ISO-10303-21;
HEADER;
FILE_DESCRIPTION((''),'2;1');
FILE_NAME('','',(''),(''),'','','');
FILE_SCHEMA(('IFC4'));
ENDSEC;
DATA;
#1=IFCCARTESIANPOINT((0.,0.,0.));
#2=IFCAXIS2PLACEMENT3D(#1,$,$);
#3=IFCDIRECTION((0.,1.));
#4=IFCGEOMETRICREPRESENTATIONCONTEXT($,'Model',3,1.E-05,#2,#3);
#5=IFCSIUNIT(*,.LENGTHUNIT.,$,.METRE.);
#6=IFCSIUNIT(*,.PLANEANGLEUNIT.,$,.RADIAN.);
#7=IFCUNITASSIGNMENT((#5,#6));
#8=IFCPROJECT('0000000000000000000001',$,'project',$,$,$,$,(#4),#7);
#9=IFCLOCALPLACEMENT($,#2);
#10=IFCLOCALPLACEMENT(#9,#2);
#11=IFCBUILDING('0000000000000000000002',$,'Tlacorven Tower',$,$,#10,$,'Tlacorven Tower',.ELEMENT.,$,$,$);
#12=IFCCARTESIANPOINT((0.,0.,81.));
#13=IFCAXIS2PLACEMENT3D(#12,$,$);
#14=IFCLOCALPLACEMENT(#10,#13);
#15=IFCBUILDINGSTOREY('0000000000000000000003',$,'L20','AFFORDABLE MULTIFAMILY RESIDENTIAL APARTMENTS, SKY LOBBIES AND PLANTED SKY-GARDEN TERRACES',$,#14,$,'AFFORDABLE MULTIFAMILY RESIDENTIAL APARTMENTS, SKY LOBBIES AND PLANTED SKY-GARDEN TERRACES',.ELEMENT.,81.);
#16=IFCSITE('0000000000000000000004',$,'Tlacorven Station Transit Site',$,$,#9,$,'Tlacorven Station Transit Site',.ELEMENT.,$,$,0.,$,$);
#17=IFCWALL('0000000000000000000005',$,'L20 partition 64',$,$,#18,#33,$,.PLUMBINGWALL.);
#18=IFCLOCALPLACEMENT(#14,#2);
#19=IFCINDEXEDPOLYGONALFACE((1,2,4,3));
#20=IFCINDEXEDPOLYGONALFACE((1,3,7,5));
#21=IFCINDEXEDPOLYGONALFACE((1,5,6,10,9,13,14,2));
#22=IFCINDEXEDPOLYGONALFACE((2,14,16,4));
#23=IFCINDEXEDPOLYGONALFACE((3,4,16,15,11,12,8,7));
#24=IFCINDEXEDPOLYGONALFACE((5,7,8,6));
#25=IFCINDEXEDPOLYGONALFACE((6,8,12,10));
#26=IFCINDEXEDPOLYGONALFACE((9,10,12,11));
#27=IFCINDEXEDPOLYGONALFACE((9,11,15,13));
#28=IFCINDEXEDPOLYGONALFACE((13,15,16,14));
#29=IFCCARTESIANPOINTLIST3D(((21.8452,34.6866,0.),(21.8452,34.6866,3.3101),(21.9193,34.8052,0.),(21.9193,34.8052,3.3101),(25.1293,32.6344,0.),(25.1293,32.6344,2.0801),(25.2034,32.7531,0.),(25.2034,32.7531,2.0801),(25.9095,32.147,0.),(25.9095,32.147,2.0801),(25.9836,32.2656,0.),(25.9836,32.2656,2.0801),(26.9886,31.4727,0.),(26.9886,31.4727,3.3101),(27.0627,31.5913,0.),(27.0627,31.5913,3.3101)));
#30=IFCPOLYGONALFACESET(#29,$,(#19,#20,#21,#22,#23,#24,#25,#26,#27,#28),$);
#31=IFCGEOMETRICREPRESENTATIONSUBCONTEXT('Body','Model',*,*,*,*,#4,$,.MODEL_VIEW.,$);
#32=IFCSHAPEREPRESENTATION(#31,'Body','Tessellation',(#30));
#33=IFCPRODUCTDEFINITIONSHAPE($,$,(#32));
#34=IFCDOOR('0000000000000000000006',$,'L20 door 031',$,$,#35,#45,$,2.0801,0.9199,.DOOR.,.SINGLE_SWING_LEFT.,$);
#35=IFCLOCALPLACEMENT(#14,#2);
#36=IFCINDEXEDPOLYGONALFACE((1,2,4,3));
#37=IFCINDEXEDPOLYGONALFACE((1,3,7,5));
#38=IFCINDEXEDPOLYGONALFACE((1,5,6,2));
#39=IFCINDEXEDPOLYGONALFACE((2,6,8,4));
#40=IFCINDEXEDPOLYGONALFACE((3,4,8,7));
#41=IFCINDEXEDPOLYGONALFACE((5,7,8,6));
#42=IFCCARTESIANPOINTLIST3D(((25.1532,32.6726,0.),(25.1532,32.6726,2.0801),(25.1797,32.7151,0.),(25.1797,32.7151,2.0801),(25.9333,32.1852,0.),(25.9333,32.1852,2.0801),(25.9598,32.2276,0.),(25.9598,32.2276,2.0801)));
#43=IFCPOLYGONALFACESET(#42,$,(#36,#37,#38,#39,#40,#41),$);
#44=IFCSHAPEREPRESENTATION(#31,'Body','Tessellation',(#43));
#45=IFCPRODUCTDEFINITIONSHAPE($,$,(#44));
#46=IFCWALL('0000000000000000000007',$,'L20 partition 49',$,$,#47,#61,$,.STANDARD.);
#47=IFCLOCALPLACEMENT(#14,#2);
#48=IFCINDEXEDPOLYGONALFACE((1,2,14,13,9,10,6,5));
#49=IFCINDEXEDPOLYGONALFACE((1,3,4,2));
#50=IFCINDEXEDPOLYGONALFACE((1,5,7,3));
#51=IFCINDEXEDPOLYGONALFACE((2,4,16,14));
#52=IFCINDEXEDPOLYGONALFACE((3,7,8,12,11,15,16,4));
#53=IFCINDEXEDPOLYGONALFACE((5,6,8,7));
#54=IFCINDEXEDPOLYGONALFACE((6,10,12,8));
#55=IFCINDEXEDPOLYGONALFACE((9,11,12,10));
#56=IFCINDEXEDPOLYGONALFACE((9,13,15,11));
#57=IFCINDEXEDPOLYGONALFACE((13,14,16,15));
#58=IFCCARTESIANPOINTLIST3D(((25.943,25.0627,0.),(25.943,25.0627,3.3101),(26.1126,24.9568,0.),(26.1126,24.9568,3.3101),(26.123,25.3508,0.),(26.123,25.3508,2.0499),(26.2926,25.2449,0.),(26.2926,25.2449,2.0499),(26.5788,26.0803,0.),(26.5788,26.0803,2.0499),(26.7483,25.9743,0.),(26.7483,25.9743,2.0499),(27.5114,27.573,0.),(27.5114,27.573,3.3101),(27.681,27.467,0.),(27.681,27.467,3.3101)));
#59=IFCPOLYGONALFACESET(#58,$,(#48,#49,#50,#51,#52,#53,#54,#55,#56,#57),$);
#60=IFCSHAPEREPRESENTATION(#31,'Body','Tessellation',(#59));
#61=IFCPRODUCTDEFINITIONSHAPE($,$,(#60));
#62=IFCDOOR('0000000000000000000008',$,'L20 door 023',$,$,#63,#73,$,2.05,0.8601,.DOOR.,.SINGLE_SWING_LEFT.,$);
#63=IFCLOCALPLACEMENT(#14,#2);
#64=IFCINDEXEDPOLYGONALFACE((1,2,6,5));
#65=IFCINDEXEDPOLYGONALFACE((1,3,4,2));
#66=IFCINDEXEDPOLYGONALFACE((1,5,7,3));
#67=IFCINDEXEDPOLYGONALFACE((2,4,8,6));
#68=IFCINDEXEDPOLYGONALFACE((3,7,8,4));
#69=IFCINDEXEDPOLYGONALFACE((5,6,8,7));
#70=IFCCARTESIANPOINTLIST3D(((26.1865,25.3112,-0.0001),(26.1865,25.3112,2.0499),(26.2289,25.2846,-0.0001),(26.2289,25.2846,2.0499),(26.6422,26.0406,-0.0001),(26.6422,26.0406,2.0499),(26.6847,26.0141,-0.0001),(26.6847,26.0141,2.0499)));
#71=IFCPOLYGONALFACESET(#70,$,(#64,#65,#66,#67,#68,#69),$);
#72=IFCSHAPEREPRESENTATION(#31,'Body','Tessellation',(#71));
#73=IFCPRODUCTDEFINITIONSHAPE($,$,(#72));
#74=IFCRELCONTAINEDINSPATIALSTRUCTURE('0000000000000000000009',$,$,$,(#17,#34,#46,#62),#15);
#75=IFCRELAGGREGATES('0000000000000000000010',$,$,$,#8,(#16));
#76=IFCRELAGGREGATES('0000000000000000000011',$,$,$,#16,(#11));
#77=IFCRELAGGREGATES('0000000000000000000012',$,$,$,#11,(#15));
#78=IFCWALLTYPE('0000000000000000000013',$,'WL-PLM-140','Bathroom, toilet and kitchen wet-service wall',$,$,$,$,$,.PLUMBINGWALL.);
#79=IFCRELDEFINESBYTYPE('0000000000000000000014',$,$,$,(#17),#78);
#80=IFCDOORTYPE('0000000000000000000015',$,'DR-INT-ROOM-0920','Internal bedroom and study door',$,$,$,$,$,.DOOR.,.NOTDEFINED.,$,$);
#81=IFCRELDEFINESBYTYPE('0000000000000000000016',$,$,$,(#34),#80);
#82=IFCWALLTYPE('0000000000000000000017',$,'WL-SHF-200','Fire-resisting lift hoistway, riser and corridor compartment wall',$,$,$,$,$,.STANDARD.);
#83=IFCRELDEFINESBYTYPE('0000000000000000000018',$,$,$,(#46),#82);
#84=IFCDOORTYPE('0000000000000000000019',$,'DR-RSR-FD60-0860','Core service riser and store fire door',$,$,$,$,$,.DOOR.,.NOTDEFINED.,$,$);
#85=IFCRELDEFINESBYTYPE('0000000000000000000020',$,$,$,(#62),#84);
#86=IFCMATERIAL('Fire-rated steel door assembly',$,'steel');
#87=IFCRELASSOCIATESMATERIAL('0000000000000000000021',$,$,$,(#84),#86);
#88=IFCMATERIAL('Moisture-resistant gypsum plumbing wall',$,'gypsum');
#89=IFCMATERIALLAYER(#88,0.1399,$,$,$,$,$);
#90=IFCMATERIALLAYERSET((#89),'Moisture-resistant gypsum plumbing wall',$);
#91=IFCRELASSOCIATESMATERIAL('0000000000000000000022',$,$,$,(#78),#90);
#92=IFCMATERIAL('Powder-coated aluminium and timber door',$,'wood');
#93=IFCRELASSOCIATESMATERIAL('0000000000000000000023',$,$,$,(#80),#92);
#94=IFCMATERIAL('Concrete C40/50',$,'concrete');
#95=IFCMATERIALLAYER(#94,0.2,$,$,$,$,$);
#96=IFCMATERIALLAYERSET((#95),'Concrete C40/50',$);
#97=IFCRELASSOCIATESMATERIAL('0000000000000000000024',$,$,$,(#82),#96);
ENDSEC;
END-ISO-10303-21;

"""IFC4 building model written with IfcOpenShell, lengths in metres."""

from ifc_helpers import new_model, si_unit, direction, frame, frame_2d, origin, place, context, subcontext, project, spatial, rectangle, extrude, source, transform, mapped, material, layer, layer_set, type_object, element, fill, save


model = new_model("IFC4")

# Units and contexts
model_context = context("Model", 3, precision=1e-05, world=origin(), true_north=direction((0.0, 1.0)))
body_context = subcontext(model_context, "Body", "Model", "MODEL_VIEW")
ifc_project = project(units=[si_unit("LENGTHUNIT", "METRE"), si_unit("PLANEANGLEUNIT", "RADIAN")], contexts=[model_context])

# Site, building, storey
site_placement = place(None, origin())
site = spatial("IfcSite", under=ifc_project, at=site_placement, Name="Tlacorven Station Transit Site", LongName="Tlacorven Station Transit Site", CompositionType="ELEMENT", RefElevation=0.0)
building_placement = place(site_placement, origin())
building = spatial("IfcBuilding", under=site, at=building_placement, Name="Tlacorven Tower", LongName="Tlacorven Tower", CompositionType="ELEMENT")
storey_placement = place(building_placement, frame((0.0, 0.0, 81.0)))
storey = spatial("IfcBuildingStorey", under=building, at=storey_placement, Name="L20", Description="AFFORDABLE MULTIFAMILY RESIDENTIAL APARTMENTS, SKY LOBBIES AND PLANTED SKY-GARDEN TERRACES", LongName="AFFORDABLE MULTIFAMILY RESIDENTIAL APARTMENTS, SKY LOBBIES AND PLANTED SKY-GARDEN TERRACES", CompositionType="ELEMENT", Elevation=81.0)

# Shared definitions
ifc_material_1 = material(Name="Fire-rated steel door assembly", Category="steel")
door_type_1 = type_object("IfcDoorType", Name="DR-RSR-FD60-0860", Description="Core service riser and store fire door", OperationType="NOTDEFINED", PredefinedType="DOOR", material=ifc_material_1)
shared_shape_1 = source(origin(), body_context, "Body", "SweptSolid", [
    extrude(rectangle(XDim=0.8601, YDim=2.05, at=frame_2d((0.4302, 1.0249))), frame((0.0, 0.0249, 0.0), z_axis=(0.0, -1.0, 0.0), x_axis=(1.0, 0.0, 0.0)), (0.0, 0.0, 1.0), 0.05),
])

# Walls, openings, doors
ifc_material_2 = material(Name="Moisture-resistant gypsum plumbing wall", Category="gypsum")
ifc_layer_1 = layer(ifc_material_2, 0.1399)
ifc_layer_set_1 = layer_set([ifc_layer_1], Name="Moisture-resistant gypsum plumbing wall")
wall_type_1 = type_object("IfcWallType", Name="WL-PLM-140", Description="Bathroom, toilet and kitchen wet-service wall", PredefinedType="PLUMBINGWALL", material=ifc_layer_set_1)
wall_1_placement = place(storey_placement, frame((27.0256, 31.532, 0.0), z_axis=(0.0, 0.0, 1.0), x_axis=(-0.84805, 0.529916, 0.0)))
wall_1 = element("IfcWall", 1, at=wall_1_placement, inside=storey, type_object=wall_type_1, Name="L20 partition 64", PredefinedType="PLUMBINGWALL", context=body_context, shape_type="SweptSolid", body=[
    extrude(rectangle(XDim=6.0649, YDim=0.1399, at=frame_2d((3.0325, 0.0))), origin(), (0.0, 0.0, 1.0), 3.3101),
])
opening_1_placement = place(wall_1_placement, frame((1.2725, 0.0, 0.0)))
opening_1 = element("IfcOpeningElement", 2, at=opening_1_placement, cuts=wall_1, PredefinedType="OPENING", context=body_context, shape_type="SweptSolid", body=[
    extrude(rectangle(XDim=0.9199, YDim=2.0801, at=frame_2d((0.46, 1.04))), frame((0.0, 0.0801, 0.0), z_axis=(0.0, -1.0, 0.0), x_axis=(1.0, 0.0, 0.0)), (0.0, 0.0, 1.0), 0.1599),
])
ifc_material_3 = material(Name="Powder-coated aluminium and timber door", Category="wood")
door_type_2 = type_object("IfcDoorType", Name="DR-INT-ROOM-0920", Description="Internal bedroom and study door", OperationType="NOTDEFINED", PredefinedType="DOOR", material=ifc_material_3)
shared_shape_2 = source(origin(), body_context, "Body", "SweptSolid", [
    extrude(rectangle(XDim=0.9199, YDim=2.0801, at=frame_2d((0.46, 1.04))), frame((0.0, 0.0249, 0.0), z_axis=(0.0, -1.0, 0.0), x_axis=(1.0, 0.0, 0.0)), (0.0, 0.0, 1.0), 0.05),
])
door_1_placement = place(opening_1_placement, origin())
door_1 = element("IfcDoor", 3, at=door_1_placement, inside=storey, type_object=door_type_2, Name="L20 door 031", OperationType="SINGLE_SWING_LEFT", OverallHeight=2.0801, OverallWidth=0.9199, PredefinedType="DOOR", context=body_context, shape_type="MappedRepresentation", body=[
    mapped(shared_shape_2, transform((0.0, 0.0, 0.0), scale=1.0)),
])
fill(opening_1, door_1)
ifc_material_4 = material(Name="Concrete C40/50", Category="concrete")
ifc_layer_2 = layer(ifc_material_4, 0.2)
ifc_layer_set_2 = layer_set([ifc_layer_2], Name="Concrete C40/50")
wall_type_2 = type_object("IfcWallType", Name="WL-SHF-200", Description="Fire-resisting lift hoistway, riser and corridor compartment wall", PredefinedType="STANDARD", material=ifc_layer_set_2)
wall_2_placement = place(storey_placement, frame((27.5962, 27.52, 0.0), z_axis=(0.0, 0.0, 1.0), x_axis=(-0.529865, -0.848082, 0.0)))
wall_2 = element("IfcWall", 4, at=wall_2_placement, inside=storey, type_object=wall_type_2, Name="L20 partition 49", PredefinedType="STANDARD", context=body_context, shape_type="SweptSolid", body=[
    extrude(rectangle(XDim=2.96, YDim=0.2, at=frame_2d((1.48, 0.0))), origin(), (0.0, 0.0, 1.0), 3.3101),
])
opening_2_placement = place(wall_2_placement, frame((1.76, 0.0, 0.0)))
opening_2 = element("IfcOpeningElement", 5, at=opening_2_placement, cuts=wall_2, PredefinedType="OPENING", context=body_context, shape_type="SweptSolid", body=[
    extrude(rectangle(XDim=0.8601, YDim=2.05, at=frame_2d((0.4302, 1.0249))), frame((0.0, 0.1099, 0.0), z_axis=(0.0, -1.0, 0.0), x_axis=(1.0, 0.0, 0.0)), (0.0, 0.0, 1.0), 0.22),
])
door_2_placement = place(opening_2_placement, origin())
door_2 = element("IfcDoor", 6, at=door_2_placement, inside=storey, type_object=door_type_1, Name="L20 door 023", OperationType="SINGLE_SWING_LEFT", OverallHeight=2.05, OverallWidth=0.8601, PredefinedType="DOOR", context=body_context, shape_type="MappedRepresentation", body=[
    mapped(shared_shape_1, transform((0.0, 0.0, 0.0), scale=1.0)),
])
fill(opening_2, door_2)

save(model, "model.ifc")
